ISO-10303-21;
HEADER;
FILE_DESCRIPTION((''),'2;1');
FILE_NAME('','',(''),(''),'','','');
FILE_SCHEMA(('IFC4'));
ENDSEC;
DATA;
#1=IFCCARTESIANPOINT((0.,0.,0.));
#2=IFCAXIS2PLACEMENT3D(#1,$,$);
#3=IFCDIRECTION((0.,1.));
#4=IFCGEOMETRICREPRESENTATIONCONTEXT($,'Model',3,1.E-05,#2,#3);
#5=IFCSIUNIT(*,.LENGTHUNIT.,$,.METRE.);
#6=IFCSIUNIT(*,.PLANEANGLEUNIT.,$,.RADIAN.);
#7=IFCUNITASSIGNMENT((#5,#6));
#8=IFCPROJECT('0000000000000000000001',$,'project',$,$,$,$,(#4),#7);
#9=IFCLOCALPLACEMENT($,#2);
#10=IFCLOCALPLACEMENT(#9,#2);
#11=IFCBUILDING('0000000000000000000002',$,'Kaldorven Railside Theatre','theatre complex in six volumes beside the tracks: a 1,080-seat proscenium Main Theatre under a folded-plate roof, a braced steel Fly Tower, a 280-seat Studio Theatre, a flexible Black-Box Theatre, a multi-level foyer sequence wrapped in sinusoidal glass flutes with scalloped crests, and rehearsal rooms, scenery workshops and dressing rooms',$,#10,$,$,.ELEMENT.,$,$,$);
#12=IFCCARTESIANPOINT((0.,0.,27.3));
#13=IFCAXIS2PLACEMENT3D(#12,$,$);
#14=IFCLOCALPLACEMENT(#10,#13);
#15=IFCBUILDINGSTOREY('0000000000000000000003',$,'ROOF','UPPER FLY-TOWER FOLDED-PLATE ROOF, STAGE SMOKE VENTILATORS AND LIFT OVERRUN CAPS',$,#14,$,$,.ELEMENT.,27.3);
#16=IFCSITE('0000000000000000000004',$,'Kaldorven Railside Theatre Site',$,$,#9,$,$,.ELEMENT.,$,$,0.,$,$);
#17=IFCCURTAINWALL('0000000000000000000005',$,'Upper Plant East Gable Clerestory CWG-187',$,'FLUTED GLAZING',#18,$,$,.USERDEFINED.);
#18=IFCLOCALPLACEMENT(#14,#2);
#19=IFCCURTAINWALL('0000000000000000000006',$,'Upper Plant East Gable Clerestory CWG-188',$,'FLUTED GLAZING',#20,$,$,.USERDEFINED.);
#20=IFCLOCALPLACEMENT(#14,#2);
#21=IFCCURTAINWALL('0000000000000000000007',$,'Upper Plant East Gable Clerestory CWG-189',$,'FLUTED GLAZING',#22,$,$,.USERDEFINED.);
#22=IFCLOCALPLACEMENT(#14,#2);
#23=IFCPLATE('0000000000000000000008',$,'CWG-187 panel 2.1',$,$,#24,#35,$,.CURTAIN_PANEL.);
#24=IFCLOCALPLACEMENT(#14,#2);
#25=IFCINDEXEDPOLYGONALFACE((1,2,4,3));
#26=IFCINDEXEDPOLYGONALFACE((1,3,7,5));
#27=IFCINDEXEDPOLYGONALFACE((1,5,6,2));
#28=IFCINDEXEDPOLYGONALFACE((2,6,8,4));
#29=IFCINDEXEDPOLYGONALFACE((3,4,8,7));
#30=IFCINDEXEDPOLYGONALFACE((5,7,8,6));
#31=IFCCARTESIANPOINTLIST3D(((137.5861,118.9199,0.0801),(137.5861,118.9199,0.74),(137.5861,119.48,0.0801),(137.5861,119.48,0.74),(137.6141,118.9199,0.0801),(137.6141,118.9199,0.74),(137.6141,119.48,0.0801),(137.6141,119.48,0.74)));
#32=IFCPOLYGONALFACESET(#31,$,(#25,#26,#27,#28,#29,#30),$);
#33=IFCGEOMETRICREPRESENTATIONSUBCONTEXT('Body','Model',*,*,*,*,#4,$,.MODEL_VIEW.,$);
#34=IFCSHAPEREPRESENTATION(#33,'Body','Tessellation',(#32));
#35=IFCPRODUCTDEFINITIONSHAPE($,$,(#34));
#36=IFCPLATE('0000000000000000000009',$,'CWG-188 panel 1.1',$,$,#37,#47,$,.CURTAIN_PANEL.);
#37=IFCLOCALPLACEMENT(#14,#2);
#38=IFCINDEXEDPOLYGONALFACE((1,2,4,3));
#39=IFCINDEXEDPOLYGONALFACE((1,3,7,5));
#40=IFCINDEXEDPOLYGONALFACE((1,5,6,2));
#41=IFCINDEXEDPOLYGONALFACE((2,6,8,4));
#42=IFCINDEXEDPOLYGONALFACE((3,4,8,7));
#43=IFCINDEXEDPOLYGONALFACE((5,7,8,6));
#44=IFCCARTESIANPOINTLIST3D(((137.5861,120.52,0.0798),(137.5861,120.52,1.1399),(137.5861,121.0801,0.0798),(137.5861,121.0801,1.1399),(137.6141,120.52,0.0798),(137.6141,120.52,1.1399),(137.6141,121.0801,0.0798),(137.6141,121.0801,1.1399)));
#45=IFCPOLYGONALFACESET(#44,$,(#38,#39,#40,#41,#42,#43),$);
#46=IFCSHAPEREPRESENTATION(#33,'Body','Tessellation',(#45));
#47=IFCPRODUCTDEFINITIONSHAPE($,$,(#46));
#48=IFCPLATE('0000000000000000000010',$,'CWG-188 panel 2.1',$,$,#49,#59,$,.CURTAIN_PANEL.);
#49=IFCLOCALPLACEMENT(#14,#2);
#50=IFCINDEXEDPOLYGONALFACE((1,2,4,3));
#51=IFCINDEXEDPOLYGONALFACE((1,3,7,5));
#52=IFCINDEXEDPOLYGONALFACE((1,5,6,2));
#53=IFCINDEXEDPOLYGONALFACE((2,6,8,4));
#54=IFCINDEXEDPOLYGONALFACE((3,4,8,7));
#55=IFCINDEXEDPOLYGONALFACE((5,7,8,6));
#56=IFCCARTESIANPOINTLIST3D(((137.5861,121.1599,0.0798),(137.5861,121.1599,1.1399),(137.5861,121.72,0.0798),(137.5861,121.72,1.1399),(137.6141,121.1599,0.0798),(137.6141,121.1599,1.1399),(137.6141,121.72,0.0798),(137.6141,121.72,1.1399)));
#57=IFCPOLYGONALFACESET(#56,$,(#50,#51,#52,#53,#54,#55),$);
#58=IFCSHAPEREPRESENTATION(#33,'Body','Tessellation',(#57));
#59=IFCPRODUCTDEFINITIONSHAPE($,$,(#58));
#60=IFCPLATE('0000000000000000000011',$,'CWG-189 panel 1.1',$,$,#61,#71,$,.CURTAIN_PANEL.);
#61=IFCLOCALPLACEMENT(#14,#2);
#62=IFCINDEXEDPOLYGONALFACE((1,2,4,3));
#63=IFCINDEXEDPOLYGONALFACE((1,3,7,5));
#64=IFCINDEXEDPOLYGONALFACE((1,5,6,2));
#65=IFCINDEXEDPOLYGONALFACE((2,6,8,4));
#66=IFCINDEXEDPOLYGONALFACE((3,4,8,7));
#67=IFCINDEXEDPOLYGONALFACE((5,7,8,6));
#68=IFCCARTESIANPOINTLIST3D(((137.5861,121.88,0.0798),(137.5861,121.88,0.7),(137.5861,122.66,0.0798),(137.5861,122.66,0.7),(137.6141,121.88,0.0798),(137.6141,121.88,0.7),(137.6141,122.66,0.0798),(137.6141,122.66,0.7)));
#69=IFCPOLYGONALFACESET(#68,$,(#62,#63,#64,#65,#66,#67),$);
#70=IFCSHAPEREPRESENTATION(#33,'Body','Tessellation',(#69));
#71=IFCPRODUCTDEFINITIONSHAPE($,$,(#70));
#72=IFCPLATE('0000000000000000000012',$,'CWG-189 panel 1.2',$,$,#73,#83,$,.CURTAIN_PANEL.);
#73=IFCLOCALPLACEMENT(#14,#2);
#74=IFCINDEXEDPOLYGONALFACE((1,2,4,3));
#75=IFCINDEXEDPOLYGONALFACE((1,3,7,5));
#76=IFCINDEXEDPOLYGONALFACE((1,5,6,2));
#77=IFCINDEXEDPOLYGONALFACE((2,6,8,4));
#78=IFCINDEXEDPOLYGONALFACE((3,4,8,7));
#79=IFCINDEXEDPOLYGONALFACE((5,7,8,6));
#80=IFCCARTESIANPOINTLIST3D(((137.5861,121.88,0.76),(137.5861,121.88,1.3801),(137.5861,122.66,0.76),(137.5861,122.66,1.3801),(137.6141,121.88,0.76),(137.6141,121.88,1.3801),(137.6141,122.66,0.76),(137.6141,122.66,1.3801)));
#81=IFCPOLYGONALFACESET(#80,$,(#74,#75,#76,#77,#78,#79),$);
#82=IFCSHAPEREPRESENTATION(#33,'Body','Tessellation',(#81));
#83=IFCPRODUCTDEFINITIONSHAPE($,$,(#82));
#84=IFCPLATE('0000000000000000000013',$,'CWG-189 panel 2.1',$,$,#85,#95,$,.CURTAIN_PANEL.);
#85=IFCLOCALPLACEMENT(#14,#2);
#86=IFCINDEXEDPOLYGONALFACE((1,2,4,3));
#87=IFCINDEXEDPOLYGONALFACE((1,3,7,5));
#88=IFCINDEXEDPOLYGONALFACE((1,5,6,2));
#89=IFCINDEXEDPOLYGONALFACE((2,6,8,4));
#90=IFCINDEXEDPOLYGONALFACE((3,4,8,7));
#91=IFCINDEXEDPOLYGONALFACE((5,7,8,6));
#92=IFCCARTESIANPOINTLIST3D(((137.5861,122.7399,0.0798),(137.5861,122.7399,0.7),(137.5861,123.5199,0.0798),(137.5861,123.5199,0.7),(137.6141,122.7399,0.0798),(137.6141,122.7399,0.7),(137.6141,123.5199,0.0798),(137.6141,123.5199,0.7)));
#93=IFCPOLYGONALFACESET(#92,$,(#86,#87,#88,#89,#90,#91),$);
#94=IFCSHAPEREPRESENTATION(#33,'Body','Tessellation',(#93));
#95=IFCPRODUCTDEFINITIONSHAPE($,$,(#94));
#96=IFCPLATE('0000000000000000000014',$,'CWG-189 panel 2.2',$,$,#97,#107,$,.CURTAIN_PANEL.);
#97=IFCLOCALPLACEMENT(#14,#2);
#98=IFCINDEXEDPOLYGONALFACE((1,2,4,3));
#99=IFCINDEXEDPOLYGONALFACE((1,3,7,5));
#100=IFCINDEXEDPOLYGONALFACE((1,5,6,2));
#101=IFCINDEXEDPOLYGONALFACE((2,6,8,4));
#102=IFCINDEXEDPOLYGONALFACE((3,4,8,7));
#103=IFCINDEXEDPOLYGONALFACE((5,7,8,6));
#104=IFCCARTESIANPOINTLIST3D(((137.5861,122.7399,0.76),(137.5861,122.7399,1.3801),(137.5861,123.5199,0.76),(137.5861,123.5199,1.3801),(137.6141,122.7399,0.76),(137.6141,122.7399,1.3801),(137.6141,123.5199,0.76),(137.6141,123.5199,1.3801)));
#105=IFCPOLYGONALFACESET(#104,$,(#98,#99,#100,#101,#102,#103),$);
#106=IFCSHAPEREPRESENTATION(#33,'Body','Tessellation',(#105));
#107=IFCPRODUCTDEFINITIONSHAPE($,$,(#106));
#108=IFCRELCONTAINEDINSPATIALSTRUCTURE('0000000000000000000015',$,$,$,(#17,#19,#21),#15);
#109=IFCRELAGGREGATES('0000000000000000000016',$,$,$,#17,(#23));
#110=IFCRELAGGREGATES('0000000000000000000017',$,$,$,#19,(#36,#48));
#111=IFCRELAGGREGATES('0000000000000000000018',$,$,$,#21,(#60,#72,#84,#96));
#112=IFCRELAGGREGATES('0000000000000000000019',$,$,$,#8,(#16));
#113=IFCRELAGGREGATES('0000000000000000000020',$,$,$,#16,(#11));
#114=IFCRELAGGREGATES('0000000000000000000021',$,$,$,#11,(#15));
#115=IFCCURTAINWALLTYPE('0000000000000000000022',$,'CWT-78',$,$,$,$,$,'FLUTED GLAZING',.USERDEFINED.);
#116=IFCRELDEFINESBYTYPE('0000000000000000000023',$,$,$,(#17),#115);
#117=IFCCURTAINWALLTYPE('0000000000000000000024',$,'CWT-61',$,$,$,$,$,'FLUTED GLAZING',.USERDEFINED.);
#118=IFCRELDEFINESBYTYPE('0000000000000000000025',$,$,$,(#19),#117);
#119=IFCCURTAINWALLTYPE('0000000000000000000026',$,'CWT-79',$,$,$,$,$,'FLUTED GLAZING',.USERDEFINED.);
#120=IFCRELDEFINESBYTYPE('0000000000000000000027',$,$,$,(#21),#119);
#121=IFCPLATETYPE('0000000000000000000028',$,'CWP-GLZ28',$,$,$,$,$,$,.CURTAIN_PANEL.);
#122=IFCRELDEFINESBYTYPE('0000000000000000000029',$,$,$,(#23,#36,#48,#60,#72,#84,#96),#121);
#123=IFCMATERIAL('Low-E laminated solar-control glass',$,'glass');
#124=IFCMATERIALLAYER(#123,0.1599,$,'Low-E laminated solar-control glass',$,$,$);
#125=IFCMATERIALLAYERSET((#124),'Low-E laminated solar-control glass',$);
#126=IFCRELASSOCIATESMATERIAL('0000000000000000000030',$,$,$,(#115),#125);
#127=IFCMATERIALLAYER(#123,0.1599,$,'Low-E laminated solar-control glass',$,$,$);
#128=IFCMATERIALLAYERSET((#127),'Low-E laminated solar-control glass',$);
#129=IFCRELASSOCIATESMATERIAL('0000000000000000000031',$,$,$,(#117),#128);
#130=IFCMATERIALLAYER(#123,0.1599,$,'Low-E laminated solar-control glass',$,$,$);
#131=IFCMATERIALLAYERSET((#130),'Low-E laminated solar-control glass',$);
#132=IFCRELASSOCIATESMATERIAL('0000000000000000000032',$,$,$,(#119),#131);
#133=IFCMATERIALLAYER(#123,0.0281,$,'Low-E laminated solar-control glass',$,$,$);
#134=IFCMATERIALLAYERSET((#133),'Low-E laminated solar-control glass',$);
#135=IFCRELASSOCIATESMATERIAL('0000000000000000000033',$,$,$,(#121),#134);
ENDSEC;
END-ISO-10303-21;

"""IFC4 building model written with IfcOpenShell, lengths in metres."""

from ifc_helpers import new_model, si_unit, direction, frame, origin, origin_2d, place, context, subcontext, project, spatial, rectangle, extrude, material, layer, layer_set, type_object, element, aggregate, save


model = new_model("IFC4")

# Units and contexts
model_context = context("Model", 3, precision=1e-05, world=origin(), true_north=direction((0.0, 1.0)))
body_context = subcontext(model_context, "Body", "Model", "MODEL_VIEW")
ifc_project = project(units=[si_unit("LENGTHUNIT", "METRE"), si_unit("PLANEANGLEUNIT", "RADIAN")], contexts=[model_context])

# Site, building, storey
site_placement = place(None, origin())
site = spatial("IfcSite", under=ifc_project, at=site_placement, Name="Kaldorven Railside Theatre Site", CompositionType="ELEMENT", RefElevation=0.0)
building_placement = place(site_placement, origin())
building = spatial("IfcBuilding", under=site, at=building_placement, Name="Kaldorven Railside Theatre", Description="theatre complex in six volumes beside the tracks: a 1,080-seat proscenium Main Theatre under a folded-plate roof, a braced steel Fly Tower, a 280-seat Studio Theatre, a flexible Black-Box Theatre, a multi-level foyer sequence wrapped in sinusoidal glass flutes with scalloped crests, and rehearsal rooms, scenery workshops and dressing rooms", CompositionType="ELEMENT")
storey_placement = place(building_placement, frame((0.0, 0.0, 27.3)))
storey = spatial("IfcBuildingStorey", under=building, at=storey_placement, Name="ROOF", Description="UPPER FLY-TOWER FOLDED-PLATE ROOF, STAGE SMOKE VENTILATORS AND LIFT OVERRUN CAPS", CompositionType="ELEMENT", Elevation=27.3)

# Curtain wall
ifc_material_1 = material(Name="Low-E laminated solar-control glass", Category="glass")
ifc_layer_1 = layer(ifc_material_1, 0.1599, Name="Low-E laminated solar-control glass")
ifc_layer_set_1 = layer_set([ifc_layer_1], Name="Low-E laminated solar-control glass")
curtain_wall_type_1 = type_object("IfcCurtainWallType", Name="CWT-78", ElementType="FLUTED GLAZING", PredefinedType="USERDEFINED", material=ifc_layer_set_1)
curtain_wall_1_placement = place(storey_placement, origin())
curtain_wall_1 = element("IfcCurtainWall", 1, at=curtain_wall_1_placement, inside=storey, type_object=curtain_wall_type_1, Name="Upper Plant East Gable Clerestory CWG-187", ObjectType="FLUTED GLAZING", PredefinedType="USERDEFINED")

# Curtain walls
ifc_layer_2 = layer(ifc_material_1, 0.1599, Name="Low-E laminated solar-control glass")
ifc_layer_set_2 = layer_set([ifc_layer_2], Name="Low-E laminated solar-control glass")
curtain_wall_type_2 = type_object("IfcCurtainWallType", Name="CWT-61", ElementType="FLUTED GLAZING", PredefinedType="USERDEFINED", material=ifc_layer_set_2)
curtain_wall_2_placement = place(storey_placement, origin())
curtain_wall_2 = element("IfcCurtainWall", 2, at=curtain_wall_2_placement, inside=storey, type_object=curtain_wall_type_2, Name="Upper Plant East Gable Clerestory CWG-188", ObjectType="FLUTED GLAZING", PredefinedType="USERDEFINED")
ifc_layer_3 = layer(ifc_material_1, 0.1599, Name="Low-E laminated solar-control glass")
ifc_layer_set_3 = layer_set([ifc_layer_3], Name="Low-E laminated solar-control glass")
curtain_wall_type_3 = type_object("IfcCurtainWallType", Name="CWT-79", ElementType="FLUTED GLAZING", PredefinedType="USERDEFINED", material=ifc_layer_set_3)
curtain_wall_3_placement = place(storey_placement, origin())
curtain_wall_3 = element("IfcCurtainWall", 3, at=curtain_wall_3_placement, inside=storey, type_object=curtain_wall_type_3, Name="Upper Plant East Gable Clerestory CWG-189", ObjectType="FLUTED GLAZING", PredefinedType="USERDEFINED")

# Plates
ifc_layer_4 = layer(ifc_material_1, 0.0281, Name="Low-E laminated solar-control glass")
ifc_layer_set_4 = layer_set([ifc_layer_4], Name="Low-E laminated solar-control glass")
plate_type = type_object("IfcPlateType", Name="CWP-GLZ28", PredefinedType="CURTAIN_PANEL", material=ifc_layer_set_4)
plate_1_placement = place(storey_placement, frame((137.6001, 119.2, 0.0801), z_axis=(0.0, 0.0, 1.0), x_axis=(0.0, 1.0, 0.0)))
plate_1 = element("IfcPlate", 4, at=plate_1_placement, type_object=plate_type, Name="CWG-187 panel 2.1", PredefinedType="CURTAIN_PANEL", context=body_context, shape_type="SweptSolid", body=[
    extrude(rectangle(XDim=0.5601, YDim=0.0281, at=origin_2d()), origin(), (0.0, 0.0, 1.0), 0.6599),
])
aggregate(curtain_wall_1, [plate_1])
plate_2_placement = place(storey_placement, frame((137.6001, 120.8, 0.0798), z_axis=(0.0, 0.0, 1.0), x_axis=(0.0, 1.0, 0.0)))
plate_2 = element("IfcPlate", 5, at=plate_2_placement, type_object=plate_type, Name="CWG-188 panel 1.1", PredefinedType="CURTAIN_PANEL", context=body_context, shape_type="SweptSolid", body=[
    extrude(rectangle(XDim=0.5601, YDim=0.0281, at=origin_2d()), origin(), (0.0, 0.0, 1.0), 1.0601),
])
plate_3_placement = place(storey_placement, frame((137.6001, 121.4399, 0.0798), z_axis=(0.0, 0.0, 1.0), x_axis=(0.0, 1.0, 0.0)))
plate_3 = element("IfcPlate", 6, at=plate_3_placement, type_object=plate_type, Name="CWG-188 panel 2.1", PredefinedType="CURTAIN_PANEL", context=body_context, shape_type="SweptSolid", body=[
    extrude(rectangle(XDim=0.5601, YDim=0.0281, at=origin_2d()), origin(), (0.0, 0.0, 1.0), 1.0601),
])
aggregate(curtain_wall_2, [plate_2, plate_3])
plate_4_placement = place(storey_placement, frame((137.6001, 122.27, 0.0798), z_axis=(0.0, 0.0, 1.0), x_axis=(0.0, 1.0, 0.0)))
plate_4 = element("IfcPlate", 7, at=plate_4_placement, type_object=plate_type, Name="CWG-189 panel 1.1", PredefinedType="CURTAIN_PANEL", context=body_context, shape_type="SweptSolid", body=[
    extrude(rectangle(XDim=0.78, YDim=0.0281, at=origin_2d()), origin(), (0.0, 0.0, 1.0), 0.6201),
])
plate_5_placement = place(storey_placement, frame((137.6001, 122.27, 0.76), z_axis=(0.0, 0.0, 1.0), x_axis=(0.0, 1.0, 0.0)))
plate_5 = element("IfcPlate", 8, at=plate_5_placement, type_object=plate_type, Name="CWG-189 panel 1.2", PredefinedType="CURTAIN_PANEL", context=body_context, shape_type="SweptSolid", body=[
    extrude(rectangle(XDim=0.78, YDim=0.0281, at=origin_2d()), origin(), (0.0, 0.0, 1.0), 0.6201),
])
plate_6_placement = place(storey_placement, frame((137.6001, 123.1299, 0.0798), z_axis=(0.0, 0.0, 1.0), x_axis=(0.0, 1.0, 0.0)))
plate_6 = element("IfcPlate", 9, at=plate_6_placement, type_object=plate_type, Name="CWG-189 panel 2.1", PredefinedType="CURTAIN_PANEL", context=body_context, shape_type="SweptSolid", body=[
    extrude(rectangle(XDim=0.78, YDim=0.0281, at=origin_2d()), origin(), (0.0, 0.0, 1.0), 0.6201),
])
plate_7_placement = place(storey_placement, frame((137.6001, 123.1299, 0.76), z_axis=(0.0, 0.0, 1.0), x_axis=(0.0, 1.0, 0.0)))
plate_7 = element("IfcPlate", 10, at=plate_7_placement, type_object=plate_type, Name="CWG-189 panel 2.2", PredefinedType="CURTAIN_PANEL", context=body_context, shape_type="SweptSolid", body=[
    extrude(rectangle(XDim=0.78, YDim=0.0281, at=origin_2d()), origin(), (0.0, 0.0, 1.0), 0.6201),
])
aggregate(curtain_wall_3, [plate_4, plate_5, plate_6, plate_7])

save(model, "model.ifc")
